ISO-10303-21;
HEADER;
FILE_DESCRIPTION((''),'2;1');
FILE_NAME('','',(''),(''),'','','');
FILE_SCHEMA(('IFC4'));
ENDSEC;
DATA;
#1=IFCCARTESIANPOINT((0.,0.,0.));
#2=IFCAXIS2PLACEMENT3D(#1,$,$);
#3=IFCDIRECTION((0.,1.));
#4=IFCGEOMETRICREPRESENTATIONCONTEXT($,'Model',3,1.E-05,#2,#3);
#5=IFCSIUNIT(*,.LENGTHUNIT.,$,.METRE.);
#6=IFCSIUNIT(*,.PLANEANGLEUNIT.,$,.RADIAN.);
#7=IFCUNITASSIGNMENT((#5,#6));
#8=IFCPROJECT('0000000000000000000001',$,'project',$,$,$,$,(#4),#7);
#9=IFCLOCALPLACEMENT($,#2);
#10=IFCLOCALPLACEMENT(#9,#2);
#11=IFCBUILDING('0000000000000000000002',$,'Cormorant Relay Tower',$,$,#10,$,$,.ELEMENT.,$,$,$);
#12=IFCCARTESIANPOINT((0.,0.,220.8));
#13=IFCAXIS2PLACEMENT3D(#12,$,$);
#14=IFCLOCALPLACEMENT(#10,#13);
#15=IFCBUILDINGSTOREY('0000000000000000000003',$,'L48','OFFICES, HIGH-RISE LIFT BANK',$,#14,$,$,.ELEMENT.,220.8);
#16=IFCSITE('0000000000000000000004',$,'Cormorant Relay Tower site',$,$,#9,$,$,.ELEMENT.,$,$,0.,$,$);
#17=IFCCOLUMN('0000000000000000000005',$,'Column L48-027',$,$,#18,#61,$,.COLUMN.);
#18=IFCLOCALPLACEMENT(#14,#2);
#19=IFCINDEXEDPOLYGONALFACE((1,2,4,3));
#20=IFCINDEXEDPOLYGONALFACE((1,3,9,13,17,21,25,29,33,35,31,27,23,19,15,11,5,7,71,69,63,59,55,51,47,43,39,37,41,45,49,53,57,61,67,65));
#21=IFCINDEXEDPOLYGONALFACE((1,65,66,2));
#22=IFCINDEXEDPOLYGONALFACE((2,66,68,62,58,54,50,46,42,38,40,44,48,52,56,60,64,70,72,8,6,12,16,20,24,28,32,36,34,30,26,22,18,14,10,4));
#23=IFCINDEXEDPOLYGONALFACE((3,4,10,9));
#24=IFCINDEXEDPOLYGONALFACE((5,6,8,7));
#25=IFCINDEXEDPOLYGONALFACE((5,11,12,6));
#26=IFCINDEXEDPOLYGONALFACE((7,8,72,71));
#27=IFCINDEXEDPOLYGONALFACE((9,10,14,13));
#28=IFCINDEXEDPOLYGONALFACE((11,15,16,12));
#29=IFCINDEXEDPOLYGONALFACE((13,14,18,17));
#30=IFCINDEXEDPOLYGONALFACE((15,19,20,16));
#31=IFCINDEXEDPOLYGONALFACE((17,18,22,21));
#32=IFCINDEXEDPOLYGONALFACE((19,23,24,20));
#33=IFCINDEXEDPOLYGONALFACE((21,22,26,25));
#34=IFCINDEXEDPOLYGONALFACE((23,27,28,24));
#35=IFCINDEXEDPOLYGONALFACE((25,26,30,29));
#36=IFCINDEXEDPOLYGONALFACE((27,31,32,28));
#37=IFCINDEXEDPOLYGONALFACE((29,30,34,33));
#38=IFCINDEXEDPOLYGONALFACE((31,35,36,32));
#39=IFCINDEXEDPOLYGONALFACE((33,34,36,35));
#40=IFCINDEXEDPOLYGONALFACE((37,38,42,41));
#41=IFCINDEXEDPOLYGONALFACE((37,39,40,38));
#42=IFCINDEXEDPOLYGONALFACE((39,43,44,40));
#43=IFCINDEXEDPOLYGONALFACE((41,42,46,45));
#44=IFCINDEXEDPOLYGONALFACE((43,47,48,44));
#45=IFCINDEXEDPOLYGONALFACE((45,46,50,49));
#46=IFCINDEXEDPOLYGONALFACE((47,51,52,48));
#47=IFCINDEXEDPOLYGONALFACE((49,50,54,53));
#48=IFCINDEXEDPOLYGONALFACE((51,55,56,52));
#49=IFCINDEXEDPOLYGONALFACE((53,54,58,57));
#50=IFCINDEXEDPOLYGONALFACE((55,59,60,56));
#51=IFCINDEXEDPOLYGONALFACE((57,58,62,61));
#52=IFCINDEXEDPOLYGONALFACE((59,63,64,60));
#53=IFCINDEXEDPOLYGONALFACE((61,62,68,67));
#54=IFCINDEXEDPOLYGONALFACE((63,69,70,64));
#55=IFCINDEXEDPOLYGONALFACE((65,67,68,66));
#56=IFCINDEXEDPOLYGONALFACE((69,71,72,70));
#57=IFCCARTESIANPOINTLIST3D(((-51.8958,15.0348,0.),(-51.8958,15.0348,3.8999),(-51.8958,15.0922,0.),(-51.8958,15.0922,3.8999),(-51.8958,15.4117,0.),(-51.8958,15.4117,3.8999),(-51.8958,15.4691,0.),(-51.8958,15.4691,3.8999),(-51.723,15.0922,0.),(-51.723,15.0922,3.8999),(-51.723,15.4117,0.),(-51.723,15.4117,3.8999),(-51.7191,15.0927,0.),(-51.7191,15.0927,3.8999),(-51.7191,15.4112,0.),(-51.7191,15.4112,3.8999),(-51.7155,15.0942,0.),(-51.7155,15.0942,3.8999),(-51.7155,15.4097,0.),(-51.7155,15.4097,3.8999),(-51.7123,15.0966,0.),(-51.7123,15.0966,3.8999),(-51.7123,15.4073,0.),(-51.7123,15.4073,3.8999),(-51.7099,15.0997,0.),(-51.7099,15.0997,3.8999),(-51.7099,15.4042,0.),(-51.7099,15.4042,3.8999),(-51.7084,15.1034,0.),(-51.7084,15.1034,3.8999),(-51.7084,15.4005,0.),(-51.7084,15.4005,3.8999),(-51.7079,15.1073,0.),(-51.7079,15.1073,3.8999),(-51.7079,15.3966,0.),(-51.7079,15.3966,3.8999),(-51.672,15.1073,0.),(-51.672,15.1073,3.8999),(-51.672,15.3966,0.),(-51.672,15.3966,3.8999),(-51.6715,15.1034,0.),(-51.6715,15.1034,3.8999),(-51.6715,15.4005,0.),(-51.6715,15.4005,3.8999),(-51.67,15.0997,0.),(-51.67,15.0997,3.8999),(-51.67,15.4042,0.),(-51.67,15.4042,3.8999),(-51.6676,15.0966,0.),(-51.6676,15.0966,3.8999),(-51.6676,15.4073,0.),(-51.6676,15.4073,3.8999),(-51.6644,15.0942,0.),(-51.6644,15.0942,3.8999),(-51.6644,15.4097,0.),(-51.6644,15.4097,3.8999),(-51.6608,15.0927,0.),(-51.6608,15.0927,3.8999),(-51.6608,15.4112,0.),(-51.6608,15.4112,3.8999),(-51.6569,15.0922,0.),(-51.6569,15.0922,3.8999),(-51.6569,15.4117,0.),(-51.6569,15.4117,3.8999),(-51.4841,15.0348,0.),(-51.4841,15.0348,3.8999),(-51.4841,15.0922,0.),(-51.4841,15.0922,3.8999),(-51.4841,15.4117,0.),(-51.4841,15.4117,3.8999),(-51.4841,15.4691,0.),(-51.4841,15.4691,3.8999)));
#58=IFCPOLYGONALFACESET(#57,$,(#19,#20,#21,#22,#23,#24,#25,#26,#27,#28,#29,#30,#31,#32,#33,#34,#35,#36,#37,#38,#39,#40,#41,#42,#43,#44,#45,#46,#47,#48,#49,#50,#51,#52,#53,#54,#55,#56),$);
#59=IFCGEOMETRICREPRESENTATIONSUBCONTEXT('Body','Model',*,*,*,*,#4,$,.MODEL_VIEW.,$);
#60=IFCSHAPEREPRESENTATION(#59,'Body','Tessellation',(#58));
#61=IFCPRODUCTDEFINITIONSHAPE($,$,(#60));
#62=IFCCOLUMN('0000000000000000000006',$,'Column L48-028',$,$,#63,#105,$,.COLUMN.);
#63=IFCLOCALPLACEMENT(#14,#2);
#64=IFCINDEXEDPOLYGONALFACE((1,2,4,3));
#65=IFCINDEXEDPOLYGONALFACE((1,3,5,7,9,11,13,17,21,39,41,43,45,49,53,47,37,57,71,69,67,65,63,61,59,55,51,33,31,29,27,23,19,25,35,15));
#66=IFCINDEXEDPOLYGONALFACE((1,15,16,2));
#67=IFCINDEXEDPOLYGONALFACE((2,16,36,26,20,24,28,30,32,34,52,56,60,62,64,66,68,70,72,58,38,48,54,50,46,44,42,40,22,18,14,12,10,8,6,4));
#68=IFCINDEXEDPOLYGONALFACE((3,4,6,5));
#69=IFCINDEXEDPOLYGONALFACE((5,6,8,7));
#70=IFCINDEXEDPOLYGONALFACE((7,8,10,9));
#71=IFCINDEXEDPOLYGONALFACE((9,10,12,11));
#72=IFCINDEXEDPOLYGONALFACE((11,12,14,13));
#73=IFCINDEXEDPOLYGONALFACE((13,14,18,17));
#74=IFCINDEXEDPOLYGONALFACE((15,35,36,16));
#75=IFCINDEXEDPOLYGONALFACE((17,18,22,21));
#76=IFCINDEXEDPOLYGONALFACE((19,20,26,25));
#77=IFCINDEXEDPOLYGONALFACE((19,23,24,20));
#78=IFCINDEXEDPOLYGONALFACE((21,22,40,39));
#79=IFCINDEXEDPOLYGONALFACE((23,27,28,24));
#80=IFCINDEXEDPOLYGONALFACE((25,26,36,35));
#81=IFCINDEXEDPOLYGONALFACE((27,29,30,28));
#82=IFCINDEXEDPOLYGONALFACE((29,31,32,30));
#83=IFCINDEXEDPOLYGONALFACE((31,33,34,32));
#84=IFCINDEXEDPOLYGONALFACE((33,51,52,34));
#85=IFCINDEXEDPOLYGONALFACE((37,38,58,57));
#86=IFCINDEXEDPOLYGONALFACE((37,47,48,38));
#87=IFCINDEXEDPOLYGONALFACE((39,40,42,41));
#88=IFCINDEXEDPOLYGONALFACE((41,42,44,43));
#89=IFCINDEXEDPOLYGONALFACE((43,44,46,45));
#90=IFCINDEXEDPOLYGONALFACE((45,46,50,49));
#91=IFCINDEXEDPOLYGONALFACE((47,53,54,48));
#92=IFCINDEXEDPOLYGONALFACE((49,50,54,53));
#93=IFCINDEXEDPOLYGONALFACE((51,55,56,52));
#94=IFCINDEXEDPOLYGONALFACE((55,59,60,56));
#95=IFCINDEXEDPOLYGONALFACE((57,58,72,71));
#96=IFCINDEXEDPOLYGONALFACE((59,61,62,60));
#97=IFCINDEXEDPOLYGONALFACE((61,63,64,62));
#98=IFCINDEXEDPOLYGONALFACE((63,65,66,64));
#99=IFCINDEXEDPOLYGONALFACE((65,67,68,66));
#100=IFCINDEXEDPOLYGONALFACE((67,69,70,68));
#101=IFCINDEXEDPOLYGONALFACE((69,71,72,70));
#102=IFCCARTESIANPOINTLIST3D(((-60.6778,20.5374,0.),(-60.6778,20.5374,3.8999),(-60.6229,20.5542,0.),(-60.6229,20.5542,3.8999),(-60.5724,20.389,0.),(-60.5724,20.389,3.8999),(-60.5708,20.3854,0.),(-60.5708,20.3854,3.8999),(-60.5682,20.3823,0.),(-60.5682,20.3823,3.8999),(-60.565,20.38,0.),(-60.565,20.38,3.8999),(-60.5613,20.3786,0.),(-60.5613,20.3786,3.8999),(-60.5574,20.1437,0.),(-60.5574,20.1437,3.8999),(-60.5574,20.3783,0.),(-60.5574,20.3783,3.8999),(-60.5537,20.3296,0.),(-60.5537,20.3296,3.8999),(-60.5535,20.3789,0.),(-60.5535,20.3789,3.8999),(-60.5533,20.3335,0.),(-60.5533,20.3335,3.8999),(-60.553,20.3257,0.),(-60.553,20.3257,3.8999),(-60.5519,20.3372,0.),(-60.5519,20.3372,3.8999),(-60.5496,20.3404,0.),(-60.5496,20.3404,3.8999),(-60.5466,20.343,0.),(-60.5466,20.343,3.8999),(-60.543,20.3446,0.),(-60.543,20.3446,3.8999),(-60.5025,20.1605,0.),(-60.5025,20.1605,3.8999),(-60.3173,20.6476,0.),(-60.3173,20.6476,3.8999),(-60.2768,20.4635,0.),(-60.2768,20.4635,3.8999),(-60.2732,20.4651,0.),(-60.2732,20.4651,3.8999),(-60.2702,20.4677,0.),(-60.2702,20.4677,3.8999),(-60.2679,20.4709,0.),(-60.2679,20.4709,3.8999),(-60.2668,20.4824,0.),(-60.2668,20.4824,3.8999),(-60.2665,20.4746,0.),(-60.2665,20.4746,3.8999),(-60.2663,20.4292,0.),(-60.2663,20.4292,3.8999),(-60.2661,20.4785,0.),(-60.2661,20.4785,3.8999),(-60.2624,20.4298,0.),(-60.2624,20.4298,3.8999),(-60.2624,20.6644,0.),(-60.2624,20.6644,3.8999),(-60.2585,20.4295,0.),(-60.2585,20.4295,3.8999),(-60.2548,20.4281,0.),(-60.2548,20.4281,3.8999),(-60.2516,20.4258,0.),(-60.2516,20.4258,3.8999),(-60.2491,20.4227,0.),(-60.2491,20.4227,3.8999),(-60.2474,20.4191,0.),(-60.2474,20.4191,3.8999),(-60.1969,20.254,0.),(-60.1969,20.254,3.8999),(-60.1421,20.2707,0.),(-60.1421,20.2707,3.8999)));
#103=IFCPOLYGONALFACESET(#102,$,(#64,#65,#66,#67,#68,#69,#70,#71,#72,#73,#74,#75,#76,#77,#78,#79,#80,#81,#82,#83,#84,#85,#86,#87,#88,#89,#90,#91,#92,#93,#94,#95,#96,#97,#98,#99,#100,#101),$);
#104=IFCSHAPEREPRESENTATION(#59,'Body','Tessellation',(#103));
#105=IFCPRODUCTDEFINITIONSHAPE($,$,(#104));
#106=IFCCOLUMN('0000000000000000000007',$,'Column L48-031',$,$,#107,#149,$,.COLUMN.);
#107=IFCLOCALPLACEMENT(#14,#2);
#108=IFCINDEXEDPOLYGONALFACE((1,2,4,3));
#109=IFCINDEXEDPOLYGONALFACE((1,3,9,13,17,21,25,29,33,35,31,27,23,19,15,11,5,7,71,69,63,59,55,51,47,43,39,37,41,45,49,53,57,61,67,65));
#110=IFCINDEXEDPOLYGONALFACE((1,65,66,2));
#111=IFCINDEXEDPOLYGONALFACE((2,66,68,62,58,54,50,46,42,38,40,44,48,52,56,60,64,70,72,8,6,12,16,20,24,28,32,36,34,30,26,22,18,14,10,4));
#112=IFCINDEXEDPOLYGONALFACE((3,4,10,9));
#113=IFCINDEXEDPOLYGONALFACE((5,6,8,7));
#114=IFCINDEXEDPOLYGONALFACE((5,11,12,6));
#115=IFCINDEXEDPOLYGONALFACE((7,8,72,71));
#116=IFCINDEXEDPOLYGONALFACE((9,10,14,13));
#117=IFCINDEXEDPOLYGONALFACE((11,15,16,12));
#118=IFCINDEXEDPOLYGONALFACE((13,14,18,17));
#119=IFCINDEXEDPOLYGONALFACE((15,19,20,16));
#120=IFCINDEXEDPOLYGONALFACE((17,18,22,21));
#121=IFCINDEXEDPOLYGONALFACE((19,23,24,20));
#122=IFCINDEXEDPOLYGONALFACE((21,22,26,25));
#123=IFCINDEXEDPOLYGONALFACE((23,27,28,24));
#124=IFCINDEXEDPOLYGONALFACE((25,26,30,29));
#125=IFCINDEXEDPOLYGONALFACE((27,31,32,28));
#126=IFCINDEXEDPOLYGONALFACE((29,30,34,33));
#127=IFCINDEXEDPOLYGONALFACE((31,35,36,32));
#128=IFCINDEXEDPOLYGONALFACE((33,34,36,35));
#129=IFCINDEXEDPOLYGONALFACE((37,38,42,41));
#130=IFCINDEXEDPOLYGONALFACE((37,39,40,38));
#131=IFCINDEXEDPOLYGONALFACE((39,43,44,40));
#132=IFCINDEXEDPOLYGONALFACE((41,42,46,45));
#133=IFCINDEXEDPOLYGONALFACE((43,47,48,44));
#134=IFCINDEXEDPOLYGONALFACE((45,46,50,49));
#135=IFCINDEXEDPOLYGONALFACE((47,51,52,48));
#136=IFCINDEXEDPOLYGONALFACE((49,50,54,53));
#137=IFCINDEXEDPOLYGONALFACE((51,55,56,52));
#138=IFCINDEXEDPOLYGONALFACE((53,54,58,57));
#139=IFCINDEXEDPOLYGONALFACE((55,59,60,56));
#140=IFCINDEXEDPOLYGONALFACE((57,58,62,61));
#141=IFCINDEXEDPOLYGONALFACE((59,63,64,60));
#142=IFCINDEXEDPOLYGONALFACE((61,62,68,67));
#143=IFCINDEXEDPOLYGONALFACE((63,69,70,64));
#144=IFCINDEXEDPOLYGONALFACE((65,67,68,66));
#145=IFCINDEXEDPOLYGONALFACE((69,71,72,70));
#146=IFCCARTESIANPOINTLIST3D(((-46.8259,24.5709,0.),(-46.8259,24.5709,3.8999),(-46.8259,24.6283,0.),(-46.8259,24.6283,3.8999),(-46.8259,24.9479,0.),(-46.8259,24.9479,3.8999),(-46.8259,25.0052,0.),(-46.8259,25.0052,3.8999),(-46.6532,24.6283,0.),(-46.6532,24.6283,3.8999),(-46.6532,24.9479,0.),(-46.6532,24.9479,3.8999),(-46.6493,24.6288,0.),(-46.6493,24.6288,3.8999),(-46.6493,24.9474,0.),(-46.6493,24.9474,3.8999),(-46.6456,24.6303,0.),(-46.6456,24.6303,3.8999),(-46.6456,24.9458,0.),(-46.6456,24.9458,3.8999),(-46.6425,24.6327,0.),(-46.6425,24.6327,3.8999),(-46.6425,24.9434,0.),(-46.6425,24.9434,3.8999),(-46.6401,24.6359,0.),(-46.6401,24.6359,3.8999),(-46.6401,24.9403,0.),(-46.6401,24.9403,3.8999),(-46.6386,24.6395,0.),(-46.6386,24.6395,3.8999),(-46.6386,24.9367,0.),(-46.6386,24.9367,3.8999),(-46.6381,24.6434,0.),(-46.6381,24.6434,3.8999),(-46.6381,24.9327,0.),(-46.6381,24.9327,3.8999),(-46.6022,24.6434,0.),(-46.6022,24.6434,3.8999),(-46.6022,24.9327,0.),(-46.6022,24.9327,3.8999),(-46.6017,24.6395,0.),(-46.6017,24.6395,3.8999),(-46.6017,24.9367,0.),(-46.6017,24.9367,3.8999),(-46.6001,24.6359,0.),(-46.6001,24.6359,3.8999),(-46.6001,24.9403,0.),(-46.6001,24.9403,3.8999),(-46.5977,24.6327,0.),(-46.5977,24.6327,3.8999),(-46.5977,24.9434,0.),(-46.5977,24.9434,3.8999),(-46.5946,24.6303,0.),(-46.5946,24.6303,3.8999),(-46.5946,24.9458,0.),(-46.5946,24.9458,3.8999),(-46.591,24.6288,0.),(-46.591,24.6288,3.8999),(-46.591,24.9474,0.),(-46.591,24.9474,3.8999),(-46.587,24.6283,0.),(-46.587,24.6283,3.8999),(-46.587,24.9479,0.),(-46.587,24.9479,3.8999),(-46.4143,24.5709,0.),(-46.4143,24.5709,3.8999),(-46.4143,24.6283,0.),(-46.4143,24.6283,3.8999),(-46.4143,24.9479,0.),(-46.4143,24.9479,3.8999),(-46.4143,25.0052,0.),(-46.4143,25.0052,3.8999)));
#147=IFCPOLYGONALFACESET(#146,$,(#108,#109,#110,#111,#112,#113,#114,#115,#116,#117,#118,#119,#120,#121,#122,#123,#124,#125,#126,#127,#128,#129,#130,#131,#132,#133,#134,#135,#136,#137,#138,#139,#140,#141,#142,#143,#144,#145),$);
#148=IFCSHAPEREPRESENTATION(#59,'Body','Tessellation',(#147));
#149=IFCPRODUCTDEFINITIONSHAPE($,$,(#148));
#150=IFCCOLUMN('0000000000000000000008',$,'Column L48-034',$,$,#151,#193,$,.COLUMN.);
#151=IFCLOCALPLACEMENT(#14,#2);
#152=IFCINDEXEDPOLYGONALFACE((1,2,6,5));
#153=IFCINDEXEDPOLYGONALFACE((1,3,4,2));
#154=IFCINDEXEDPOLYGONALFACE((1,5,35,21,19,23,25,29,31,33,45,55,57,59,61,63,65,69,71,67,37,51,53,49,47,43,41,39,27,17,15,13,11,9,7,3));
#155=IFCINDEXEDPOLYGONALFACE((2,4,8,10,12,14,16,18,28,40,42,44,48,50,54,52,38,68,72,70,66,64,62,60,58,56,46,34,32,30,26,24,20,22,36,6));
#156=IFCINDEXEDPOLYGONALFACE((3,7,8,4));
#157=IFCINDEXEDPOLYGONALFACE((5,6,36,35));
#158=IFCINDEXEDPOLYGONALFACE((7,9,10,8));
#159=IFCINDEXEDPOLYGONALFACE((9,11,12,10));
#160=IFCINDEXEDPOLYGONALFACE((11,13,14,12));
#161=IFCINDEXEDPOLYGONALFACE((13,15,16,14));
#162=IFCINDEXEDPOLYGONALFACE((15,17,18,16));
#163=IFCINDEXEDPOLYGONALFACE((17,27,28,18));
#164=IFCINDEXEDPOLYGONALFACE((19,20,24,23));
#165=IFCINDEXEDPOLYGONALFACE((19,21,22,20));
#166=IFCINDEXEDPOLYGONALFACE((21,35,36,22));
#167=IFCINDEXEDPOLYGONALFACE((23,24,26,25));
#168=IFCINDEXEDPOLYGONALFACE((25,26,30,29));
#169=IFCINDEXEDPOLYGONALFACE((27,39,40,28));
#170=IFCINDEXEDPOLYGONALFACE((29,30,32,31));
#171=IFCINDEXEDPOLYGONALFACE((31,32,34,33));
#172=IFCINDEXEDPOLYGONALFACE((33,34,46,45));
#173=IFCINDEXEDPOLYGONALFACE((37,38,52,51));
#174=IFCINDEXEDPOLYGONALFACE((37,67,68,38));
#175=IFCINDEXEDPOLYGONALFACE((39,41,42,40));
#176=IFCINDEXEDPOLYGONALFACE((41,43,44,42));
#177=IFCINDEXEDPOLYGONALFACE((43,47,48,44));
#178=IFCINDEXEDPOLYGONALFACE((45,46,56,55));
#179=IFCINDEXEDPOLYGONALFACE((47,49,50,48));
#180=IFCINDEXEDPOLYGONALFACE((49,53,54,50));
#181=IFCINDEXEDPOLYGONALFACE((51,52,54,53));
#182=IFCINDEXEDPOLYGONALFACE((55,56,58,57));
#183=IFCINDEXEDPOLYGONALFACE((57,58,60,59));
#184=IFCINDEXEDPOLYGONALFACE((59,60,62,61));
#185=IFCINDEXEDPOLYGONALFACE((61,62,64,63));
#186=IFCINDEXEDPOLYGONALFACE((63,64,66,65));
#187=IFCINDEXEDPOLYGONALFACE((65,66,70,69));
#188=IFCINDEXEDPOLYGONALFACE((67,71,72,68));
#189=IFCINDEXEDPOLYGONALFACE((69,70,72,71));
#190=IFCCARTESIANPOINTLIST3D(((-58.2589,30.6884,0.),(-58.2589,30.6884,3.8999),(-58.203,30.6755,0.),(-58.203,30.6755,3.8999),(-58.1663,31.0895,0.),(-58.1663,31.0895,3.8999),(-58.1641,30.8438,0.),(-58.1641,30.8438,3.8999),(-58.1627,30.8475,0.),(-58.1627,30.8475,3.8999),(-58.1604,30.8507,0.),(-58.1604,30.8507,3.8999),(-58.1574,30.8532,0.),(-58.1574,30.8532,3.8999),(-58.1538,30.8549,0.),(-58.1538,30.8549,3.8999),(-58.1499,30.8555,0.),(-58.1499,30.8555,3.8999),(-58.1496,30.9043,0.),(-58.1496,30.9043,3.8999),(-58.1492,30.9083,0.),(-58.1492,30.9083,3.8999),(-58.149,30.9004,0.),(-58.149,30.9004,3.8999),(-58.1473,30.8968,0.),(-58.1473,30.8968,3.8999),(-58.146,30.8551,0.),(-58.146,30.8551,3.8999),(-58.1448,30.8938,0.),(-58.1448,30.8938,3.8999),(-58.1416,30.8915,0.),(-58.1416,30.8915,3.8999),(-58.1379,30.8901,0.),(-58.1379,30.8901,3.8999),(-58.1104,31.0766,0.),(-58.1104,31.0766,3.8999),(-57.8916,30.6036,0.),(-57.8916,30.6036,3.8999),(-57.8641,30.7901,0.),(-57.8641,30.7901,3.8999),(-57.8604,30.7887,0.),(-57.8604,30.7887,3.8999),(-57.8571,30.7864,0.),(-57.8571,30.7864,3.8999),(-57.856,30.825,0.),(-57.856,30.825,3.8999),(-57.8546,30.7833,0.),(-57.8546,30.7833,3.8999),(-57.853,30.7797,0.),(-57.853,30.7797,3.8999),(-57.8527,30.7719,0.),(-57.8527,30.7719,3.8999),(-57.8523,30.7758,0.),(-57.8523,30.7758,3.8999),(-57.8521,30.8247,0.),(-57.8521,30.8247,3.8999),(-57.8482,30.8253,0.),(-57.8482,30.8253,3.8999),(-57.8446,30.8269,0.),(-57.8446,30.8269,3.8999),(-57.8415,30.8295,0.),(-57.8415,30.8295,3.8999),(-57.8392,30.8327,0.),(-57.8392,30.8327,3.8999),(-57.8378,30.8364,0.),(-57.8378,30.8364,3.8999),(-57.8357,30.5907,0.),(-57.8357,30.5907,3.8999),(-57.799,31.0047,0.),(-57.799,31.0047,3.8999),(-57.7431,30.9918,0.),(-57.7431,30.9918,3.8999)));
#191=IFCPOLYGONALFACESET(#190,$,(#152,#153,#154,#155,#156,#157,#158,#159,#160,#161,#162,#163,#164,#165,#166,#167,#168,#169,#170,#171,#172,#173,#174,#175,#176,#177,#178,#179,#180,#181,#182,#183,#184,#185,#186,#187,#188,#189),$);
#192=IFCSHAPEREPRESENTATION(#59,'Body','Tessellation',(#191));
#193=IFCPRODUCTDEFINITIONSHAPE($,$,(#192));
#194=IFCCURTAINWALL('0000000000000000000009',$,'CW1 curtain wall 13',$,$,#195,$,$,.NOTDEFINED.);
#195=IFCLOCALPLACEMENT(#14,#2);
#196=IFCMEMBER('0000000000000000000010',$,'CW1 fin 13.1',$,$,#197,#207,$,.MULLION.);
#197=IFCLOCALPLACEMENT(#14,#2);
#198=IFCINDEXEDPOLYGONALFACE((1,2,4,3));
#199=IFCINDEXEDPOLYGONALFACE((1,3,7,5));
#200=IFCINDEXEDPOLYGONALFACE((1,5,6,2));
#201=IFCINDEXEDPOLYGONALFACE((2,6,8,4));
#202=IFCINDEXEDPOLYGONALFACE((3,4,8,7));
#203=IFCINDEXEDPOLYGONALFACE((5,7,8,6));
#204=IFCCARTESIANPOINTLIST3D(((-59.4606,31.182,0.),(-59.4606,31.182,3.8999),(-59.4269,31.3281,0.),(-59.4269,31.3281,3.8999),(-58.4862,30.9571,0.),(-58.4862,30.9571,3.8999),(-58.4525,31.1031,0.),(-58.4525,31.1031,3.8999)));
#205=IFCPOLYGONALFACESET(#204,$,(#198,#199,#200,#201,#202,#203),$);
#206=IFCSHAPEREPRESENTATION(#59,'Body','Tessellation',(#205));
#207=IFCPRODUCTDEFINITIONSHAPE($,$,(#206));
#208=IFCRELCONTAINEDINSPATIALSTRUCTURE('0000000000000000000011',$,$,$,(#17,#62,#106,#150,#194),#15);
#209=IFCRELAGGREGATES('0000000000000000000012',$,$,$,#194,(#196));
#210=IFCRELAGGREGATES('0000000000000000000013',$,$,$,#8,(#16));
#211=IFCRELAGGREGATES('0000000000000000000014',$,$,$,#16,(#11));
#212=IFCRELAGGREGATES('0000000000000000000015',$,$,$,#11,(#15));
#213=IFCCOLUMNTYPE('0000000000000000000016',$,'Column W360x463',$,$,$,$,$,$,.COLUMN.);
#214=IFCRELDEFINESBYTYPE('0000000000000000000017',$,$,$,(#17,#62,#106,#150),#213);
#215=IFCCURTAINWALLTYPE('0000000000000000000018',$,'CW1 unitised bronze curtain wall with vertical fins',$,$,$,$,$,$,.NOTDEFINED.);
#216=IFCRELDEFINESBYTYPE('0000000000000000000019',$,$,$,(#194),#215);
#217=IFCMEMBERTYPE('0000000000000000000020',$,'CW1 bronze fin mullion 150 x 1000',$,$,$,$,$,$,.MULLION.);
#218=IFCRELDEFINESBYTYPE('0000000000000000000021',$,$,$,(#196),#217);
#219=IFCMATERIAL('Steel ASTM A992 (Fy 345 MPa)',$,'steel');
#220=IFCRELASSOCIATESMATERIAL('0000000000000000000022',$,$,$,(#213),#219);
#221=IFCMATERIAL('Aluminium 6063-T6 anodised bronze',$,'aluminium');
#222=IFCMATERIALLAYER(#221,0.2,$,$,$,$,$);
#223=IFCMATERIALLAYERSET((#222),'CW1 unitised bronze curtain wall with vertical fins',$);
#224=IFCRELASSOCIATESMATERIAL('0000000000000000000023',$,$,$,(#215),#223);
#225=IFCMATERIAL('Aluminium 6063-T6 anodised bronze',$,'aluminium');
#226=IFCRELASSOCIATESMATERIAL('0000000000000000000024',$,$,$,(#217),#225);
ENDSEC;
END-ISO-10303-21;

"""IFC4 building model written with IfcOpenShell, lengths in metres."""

from ifc_helpers import new_model, si_unit, direction, frame, origin, origin_2d, place, context, subcontext, project, spatial, rectangle, i_section, extrude, material, layer, layer_set, material_profile, profile_set, type_object, element, aggregate, save


model = new_model("IFC4")

# Units and contexts
model_context = context("Model", 3, precision=1e-05, world=origin(), true_north=direction((0.0, 1.0)))
body_context = subcontext(model_context, "Body", "Model", "MODEL_VIEW")
ifc_project = project(units=[si_unit("LENGTHUNIT", "METRE"), si_unit("PLANEANGLEUNIT", "RADIAN")], contexts=[model_context])

# Site, building, storey
site_placement = place(None, origin())
site = spatial("IfcSite", under=ifc_project, at=site_placement, Name="Cormorant Relay Tower site", CompositionType="ELEMENT", RefElevation=0.0)
building_placement = place(site_placement, origin())
building = spatial("IfcBuilding", under=site, at=building_placement, Name="Cormorant Relay Tower", CompositionType="ELEMENT")
storey_placement = place(building_placement, frame((0.0, 0.0, 220.8)))
storey = spatial("IfcBuildingStorey", under=building, at=storey_placement, Name="L48", Description="OFFICES, HIGH-RISE LIFT BANK", CompositionType="ELEMENT", Elevation=220.8)

# Columns
ifc_material_1 = material(Name="Steel ASTM A992 (Fy 345 MPa)", Category="steel")
ifc_material_profile_1 = material_profile(ifc_material_1, i_section(OverallWidth=0.4116, OverallDepth=0.4343, WebThickness=0.0359, FlangeThickness=0.0574, FilletRadius=0.0151, at=origin_2d()), Name="W360x463")
ifc_profile_set_1 = profile_set([ifc_material_profile_1], Name="Steel ASTM A992 (Fy 345 MPa)")
column_type = type_object("IfcColumnType", Name="Column W360x463", PredefinedType="COLUMN", material=ifc_profile_set_1)
for number, where, z_axis, x_axis, name in (
    (1, (-51.6899, 15.252, 0.0), (0.0, 0.0, 1.0), (1.0, 0.0, 0.0), "Column L48-027"),
    (2, (-60.4099, 20.4041, 0.0), (0.0, 0.0, 1.0), (0.292372, -0.956305, 0.0), "Column L48-028"),
    (3, (-46.6201, 24.7881, 0.0), (0.0, 0.0, 1.0), (1.0, 0.0, 0.0), "Column L48-031"),
    (4, (-58.001, 30.8401, 0.0), (0.0, 0.0, 1.0), (-0.224951, -0.97437, 0.0), "Column L48-034"),
):
    element("IfcColumn", number, at=place(storey_placement, frame(where, z_axis=z_axis, x_axis=x_axis)), inside=storey, type_object=column_type, Name=name, PredefinedType="COLUMN", context=body_context, shape_type="SweptSolid", body=[
        extrude(i_section(OverallWidth=0.4116, OverallDepth=0.4343, WebThickness=0.0359, FlangeThickness=0.0574, FilletRadius=0.0151, at=origin_2d()), origin(), (0.0, 0.0, 1.0), 3.8999),
    ])

# Curtain wall, member
ifc_material_2 = material(Name="Aluminium 6063-T6 anodised bronze", Category="aluminium")
ifc_layer_1 = layer(ifc_material_2, 0.2)
ifc_layer_set_1 = layer_set([ifc_layer_1], Name="CW1 unitised bronze curtain wall with vertical fins")
curtain_wall_type = type_object("IfcCurtainWallType", Name="CW1 unitised bronze curtain wall with vertical fins", PredefinedType="NOTDEFINED", material=ifc_layer_set_1)
curtain_wall_1_placement = place(storey_placement, origin())
curtain_wall_1 = element("IfcCurtainWall", 5, at=curtain_wall_1_placement, inside=storey, type_object=curtain_wall_type, Name="CW1 curtain wall 13", PredefinedType="NOTDEFINED")
ifc_material_3 = material(Name="Aluminium 6063-T6 anodised bronze", Category="aluminium")
ifc_material_profile_2 = material_profile(ifc_material_3, rectangle(XDim=0.1499, YDim=1.0, at=origin_2d()), Name="AL 150x1000")
ifc_profile_set_2 = profile_set([ifc_material_profile_2], Name="Aluminium 6063-T6 anodised bronze")
member_type_1 = type_object("IfcMemberType", Name="CW1 bronze fin mullion 150 x 1000", PredefinedType="MULLION", material=ifc_profile_set_2)
member_1_placement = place(storey_placement, frame((-58.9565, 31.1426, 0.0), z_axis=(0.0, 0.0, 1.0), x_axis=(-0.224951, -0.97437, 0.0)))
member_1 = element("IfcMember", 6, at=member_1_placement, type_object=member_type_1, Name="CW1 fin 13.1", PredefinedType="MULLION", context=body_context, shape_type="SweptSolid", body=[
    extrude(rectangle(XDim=0.1499, YDim=1.0, at=origin_2d()), origin(), (0.0, 0.0, 1.0), 3.8999),
])

aggregate(curtain_wall_1, [member_1])

save(model, "model.ifc")
